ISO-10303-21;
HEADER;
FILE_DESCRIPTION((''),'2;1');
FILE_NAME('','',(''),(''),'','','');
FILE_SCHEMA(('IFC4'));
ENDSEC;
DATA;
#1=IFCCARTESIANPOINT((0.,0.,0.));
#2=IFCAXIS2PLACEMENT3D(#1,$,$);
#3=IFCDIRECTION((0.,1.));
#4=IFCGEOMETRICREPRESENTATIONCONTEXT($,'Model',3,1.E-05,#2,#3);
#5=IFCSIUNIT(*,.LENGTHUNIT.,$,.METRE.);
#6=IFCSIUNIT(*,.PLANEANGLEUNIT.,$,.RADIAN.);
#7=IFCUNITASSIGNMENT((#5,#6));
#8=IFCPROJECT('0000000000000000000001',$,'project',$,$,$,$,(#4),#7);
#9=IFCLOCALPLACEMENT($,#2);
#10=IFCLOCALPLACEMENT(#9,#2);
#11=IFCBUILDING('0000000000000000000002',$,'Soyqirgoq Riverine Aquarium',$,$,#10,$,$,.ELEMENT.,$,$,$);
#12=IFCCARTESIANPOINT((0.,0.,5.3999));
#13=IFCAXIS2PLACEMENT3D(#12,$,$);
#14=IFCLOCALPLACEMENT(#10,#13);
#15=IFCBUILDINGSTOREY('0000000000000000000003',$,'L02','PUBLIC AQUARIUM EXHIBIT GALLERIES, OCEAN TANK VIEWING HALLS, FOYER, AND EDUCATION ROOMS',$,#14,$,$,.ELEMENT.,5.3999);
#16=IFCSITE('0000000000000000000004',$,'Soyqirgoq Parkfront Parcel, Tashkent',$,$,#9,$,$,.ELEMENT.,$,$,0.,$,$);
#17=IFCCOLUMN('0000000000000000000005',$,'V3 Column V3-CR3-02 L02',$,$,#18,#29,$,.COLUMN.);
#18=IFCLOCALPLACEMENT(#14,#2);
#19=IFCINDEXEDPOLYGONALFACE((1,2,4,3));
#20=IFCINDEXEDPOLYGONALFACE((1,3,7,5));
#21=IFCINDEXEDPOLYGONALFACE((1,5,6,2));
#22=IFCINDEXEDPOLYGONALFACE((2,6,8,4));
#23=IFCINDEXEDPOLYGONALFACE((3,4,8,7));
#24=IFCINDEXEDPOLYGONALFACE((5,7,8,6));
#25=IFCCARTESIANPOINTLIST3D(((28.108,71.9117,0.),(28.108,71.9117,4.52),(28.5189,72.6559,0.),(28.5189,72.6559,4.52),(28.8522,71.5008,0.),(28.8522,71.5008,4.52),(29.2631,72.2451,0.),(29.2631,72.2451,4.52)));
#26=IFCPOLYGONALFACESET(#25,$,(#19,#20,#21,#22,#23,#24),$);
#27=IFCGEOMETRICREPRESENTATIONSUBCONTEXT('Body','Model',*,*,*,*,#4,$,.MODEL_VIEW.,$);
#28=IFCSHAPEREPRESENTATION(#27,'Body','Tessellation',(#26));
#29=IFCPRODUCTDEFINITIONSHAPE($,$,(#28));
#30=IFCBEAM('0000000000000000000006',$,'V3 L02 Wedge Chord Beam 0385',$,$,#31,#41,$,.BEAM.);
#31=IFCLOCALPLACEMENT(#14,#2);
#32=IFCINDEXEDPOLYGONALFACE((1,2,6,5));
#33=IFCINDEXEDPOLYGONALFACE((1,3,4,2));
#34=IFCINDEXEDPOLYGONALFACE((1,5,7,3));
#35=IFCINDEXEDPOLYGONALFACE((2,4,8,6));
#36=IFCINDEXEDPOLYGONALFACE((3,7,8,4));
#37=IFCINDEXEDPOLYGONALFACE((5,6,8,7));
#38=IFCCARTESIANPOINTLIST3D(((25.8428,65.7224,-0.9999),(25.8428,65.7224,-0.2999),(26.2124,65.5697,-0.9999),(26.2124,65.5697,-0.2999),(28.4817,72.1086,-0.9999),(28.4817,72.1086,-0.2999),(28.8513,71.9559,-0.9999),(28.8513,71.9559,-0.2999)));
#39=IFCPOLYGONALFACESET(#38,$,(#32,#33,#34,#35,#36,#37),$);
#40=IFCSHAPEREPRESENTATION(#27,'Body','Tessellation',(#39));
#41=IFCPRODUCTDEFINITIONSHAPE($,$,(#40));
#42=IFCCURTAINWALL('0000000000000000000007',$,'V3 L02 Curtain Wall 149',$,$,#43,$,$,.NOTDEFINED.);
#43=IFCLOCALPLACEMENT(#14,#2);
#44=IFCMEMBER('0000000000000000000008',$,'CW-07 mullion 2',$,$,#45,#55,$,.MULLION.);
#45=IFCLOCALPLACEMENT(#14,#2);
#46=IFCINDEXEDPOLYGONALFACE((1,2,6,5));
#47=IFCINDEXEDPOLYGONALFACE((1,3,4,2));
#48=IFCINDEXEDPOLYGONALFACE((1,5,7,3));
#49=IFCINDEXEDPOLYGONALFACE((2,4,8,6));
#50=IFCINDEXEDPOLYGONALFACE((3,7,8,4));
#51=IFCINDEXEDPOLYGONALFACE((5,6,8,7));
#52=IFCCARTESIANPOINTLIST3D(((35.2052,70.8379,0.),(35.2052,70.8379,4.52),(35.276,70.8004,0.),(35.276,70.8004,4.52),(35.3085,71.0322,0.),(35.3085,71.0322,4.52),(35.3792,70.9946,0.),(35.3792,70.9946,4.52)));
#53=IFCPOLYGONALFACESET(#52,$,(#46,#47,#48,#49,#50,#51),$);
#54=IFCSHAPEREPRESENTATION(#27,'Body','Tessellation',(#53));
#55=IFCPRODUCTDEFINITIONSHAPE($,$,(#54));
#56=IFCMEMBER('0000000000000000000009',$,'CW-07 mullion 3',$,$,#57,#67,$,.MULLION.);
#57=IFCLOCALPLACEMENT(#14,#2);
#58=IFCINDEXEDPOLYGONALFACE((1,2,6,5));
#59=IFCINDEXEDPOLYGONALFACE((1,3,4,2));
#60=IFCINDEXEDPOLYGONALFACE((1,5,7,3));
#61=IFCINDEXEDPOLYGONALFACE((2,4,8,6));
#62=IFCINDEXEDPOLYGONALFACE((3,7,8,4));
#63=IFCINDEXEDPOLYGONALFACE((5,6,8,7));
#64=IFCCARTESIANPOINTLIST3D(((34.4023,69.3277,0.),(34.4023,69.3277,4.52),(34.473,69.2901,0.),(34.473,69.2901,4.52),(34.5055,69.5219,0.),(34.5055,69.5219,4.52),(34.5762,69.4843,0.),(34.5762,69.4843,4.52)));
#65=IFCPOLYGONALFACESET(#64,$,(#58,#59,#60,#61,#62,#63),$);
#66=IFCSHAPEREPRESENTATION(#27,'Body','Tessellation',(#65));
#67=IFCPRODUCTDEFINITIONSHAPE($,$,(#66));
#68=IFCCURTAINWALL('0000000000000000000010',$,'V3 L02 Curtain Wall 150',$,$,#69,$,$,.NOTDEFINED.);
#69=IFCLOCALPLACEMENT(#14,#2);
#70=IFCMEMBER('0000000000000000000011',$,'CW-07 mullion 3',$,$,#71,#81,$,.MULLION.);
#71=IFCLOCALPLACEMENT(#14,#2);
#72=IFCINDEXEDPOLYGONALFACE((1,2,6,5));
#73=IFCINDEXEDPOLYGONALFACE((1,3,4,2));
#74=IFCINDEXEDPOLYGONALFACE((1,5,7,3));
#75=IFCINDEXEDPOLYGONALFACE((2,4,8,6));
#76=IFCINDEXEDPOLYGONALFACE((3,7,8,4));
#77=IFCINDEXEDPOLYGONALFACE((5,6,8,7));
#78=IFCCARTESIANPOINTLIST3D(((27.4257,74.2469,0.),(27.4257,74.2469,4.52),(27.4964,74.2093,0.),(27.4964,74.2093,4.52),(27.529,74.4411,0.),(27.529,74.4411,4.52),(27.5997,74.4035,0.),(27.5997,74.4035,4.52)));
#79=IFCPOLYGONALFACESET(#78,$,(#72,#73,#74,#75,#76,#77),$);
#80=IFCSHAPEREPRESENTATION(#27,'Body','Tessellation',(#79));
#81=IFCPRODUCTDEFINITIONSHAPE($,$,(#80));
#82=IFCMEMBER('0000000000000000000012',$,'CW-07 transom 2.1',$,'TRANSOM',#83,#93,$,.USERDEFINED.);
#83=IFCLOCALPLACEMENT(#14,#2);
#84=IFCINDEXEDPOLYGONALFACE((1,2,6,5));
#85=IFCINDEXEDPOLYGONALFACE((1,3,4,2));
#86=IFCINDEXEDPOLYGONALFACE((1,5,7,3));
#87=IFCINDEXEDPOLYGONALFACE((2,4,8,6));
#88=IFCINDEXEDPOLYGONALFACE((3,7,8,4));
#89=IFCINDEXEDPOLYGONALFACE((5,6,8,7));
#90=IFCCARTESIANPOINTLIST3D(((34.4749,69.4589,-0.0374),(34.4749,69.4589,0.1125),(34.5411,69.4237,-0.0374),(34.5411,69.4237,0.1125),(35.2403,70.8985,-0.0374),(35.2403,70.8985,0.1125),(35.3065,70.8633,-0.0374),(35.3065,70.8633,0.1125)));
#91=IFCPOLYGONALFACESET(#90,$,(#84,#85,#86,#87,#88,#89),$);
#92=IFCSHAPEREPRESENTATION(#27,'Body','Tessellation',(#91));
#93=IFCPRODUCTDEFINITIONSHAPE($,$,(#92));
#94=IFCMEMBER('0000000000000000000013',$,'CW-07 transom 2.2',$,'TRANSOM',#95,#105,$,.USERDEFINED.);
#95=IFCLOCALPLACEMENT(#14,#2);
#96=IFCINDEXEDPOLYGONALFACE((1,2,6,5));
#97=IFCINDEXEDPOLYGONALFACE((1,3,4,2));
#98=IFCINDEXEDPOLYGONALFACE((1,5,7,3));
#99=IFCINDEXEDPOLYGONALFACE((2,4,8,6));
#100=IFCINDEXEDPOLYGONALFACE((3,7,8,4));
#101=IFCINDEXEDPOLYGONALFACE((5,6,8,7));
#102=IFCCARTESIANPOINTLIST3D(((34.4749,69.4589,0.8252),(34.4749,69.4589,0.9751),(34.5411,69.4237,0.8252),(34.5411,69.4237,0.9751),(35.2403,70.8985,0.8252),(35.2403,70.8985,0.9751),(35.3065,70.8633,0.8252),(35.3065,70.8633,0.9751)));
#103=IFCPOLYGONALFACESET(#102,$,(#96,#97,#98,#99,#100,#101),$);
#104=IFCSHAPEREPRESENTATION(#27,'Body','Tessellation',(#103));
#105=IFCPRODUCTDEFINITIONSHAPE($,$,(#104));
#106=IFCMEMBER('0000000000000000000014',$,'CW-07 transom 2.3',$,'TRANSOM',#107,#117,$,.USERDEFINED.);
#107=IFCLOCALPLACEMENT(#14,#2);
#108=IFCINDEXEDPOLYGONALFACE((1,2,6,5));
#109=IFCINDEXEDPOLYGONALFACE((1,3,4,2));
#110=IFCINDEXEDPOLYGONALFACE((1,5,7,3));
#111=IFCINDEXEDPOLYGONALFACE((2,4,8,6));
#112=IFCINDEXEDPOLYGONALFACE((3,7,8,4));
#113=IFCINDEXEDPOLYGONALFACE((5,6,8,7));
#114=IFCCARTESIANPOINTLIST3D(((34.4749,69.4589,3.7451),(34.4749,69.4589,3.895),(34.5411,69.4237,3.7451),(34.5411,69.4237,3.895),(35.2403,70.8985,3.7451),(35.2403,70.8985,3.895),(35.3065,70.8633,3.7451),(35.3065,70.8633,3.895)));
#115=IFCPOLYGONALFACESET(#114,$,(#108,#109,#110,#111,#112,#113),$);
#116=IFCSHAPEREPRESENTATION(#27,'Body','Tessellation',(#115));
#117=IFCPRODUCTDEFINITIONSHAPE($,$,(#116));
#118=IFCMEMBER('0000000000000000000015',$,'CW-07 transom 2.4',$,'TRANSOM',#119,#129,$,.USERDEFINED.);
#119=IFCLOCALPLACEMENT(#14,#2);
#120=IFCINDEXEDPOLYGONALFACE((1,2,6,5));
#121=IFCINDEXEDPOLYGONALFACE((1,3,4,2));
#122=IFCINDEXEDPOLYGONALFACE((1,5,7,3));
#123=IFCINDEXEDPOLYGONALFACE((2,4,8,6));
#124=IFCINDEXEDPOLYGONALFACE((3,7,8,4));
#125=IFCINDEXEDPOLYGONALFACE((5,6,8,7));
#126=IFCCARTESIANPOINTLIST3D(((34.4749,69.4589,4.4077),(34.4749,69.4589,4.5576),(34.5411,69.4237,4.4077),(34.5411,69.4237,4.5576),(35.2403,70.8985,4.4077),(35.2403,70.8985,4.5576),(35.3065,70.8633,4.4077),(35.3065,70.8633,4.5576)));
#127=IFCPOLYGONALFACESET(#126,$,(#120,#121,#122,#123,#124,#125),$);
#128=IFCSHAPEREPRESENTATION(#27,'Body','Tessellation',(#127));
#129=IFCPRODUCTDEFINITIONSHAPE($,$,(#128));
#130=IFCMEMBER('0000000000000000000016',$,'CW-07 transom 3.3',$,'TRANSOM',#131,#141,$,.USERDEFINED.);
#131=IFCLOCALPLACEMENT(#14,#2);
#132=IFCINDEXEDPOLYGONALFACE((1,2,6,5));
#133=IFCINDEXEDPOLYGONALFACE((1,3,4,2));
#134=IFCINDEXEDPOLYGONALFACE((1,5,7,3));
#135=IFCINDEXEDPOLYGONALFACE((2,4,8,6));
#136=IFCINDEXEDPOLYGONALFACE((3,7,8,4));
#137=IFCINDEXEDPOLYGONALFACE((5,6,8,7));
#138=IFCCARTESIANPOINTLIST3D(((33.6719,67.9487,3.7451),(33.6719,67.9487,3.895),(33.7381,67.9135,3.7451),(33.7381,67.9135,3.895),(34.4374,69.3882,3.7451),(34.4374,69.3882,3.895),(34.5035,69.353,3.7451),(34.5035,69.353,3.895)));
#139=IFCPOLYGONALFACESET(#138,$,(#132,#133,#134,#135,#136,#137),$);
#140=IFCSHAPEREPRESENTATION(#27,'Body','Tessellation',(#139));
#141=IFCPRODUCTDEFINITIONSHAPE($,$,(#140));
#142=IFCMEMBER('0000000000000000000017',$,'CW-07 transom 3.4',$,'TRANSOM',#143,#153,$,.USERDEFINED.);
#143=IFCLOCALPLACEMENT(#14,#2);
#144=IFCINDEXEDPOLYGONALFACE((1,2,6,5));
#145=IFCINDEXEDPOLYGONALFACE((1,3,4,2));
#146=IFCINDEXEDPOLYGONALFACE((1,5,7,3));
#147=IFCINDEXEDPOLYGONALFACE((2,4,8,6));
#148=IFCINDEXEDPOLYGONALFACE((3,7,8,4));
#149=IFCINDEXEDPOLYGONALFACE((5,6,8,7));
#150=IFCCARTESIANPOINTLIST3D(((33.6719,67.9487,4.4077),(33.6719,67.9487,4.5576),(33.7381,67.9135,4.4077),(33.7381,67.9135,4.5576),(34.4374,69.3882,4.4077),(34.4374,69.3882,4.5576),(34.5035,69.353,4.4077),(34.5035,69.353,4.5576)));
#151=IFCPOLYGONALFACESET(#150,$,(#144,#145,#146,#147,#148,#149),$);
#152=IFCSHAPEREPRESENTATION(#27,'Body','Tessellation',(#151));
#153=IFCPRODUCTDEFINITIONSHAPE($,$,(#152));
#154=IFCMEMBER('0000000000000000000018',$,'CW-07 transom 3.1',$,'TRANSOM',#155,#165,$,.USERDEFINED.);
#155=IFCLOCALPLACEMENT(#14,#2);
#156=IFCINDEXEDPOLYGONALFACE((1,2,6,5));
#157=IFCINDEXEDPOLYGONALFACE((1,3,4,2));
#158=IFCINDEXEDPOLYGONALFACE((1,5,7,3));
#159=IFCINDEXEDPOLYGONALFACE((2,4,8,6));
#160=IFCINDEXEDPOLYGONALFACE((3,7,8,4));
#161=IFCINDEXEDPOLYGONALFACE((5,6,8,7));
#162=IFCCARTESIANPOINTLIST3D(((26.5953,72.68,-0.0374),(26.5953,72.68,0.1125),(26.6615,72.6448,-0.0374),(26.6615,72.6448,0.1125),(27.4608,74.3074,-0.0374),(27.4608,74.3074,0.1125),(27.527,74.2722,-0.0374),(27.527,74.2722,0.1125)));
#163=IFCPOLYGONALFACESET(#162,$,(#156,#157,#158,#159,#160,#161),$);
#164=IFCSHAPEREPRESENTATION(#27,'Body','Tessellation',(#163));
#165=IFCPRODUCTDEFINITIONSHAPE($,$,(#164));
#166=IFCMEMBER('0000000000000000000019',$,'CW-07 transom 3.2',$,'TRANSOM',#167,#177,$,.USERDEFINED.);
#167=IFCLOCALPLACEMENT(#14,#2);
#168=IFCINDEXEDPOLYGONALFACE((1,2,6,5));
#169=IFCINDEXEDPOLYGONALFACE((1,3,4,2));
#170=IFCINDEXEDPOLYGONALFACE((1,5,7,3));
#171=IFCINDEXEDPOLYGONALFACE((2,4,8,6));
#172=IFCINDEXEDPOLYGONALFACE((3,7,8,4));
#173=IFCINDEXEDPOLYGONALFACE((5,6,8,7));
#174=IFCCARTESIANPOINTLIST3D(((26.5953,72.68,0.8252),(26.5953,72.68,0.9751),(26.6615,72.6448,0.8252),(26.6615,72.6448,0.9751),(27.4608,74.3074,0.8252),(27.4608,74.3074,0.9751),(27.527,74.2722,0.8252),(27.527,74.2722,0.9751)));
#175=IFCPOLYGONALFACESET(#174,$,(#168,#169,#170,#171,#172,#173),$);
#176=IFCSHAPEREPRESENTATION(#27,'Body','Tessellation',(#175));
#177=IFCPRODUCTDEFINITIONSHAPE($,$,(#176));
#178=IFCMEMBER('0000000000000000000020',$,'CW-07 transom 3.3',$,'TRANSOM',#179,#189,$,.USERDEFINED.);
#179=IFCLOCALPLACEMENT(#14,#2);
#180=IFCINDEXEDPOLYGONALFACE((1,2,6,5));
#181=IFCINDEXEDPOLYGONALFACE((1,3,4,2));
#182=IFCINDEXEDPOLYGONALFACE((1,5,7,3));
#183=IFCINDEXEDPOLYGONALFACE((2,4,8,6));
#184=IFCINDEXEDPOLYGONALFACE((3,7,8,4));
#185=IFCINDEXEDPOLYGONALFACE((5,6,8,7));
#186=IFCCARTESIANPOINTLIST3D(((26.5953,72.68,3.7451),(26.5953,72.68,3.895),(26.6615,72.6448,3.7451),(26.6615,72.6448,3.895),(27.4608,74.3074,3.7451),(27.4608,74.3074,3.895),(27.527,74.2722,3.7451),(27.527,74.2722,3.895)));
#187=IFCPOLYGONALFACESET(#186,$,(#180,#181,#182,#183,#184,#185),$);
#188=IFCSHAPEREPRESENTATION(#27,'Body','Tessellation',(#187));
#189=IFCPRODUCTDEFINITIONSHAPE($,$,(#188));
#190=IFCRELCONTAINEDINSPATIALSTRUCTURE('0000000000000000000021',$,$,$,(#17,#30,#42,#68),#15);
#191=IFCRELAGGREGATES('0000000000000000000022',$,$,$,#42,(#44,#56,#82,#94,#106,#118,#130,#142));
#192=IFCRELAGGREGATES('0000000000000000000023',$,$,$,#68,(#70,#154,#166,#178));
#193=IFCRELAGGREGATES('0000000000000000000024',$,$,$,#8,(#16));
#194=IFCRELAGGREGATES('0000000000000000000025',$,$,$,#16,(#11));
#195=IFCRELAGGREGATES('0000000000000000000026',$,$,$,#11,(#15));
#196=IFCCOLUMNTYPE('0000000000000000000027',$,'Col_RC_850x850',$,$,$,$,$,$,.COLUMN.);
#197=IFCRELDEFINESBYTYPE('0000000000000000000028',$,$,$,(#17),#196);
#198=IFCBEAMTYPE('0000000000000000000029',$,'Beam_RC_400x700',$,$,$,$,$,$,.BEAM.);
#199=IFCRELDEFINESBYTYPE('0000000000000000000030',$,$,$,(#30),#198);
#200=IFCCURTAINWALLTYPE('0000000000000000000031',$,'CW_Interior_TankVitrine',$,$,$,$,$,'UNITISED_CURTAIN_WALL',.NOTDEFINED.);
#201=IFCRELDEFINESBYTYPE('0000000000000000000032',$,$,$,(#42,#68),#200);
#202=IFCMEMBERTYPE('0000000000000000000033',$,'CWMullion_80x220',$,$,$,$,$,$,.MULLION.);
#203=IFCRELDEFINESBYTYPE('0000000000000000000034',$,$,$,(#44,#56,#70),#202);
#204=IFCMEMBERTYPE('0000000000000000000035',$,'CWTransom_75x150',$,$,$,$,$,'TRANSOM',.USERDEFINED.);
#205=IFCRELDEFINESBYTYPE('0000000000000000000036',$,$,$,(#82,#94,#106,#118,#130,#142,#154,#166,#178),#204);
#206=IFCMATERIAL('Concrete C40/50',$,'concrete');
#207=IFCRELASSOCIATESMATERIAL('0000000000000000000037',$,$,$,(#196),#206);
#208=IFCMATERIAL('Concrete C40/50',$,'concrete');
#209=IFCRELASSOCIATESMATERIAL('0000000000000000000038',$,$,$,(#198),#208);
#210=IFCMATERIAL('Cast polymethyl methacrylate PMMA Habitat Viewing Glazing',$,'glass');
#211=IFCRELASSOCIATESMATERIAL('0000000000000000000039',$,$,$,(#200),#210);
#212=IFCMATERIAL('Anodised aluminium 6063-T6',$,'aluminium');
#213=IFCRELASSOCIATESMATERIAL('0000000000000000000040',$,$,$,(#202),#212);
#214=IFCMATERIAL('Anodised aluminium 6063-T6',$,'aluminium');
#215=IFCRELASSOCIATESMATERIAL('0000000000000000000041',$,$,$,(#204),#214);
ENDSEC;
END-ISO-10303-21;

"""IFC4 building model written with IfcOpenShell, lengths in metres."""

from ifc_helpers import new_model, si_unit, direction, frame, origin, origin_2d, place, context, subcontext, project, spatial, rectangle, extrude, material, material_profile, profile_set, type_object, element, aggregate, save


model = new_model("IFC4")

# Units and contexts
model_context = context("Model", 3, precision=1e-05, world=origin(), true_north=direction((0.0, 1.0)))
body_context = subcontext(model_context, "Body", "Model", "MODEL_VIEW")
ifc_project = project(units=[si_unit("LENGTHUNIT", "METRE"), si_unit("PLANEANGLEUNIT", "RADIAN")], contexts=[model_context])

# Site, building, storey
site_placement = place(None, origin())
site = spatial("IfcSite", under=ifc_project, at=site_placement, Name="Soyqirgoq Parkfront Parcel, Tashkent", CompositionType="ELEMENT", RefElevation=0.0)
building_placement = place(site_placement, origin())
building = spatial("IfcBuilding", under=site, at=building_placement, Name="Soyqirgoq Riverine Aquarium", CompositionType="ELEMENT")
storey_placement = place(building_placement, frame((0.0, 0.0, 5.3999)))
storey = spatial("IfcBuildingStorey", under=building, at=storey_placement, Name="L02", Description="PUBLIC AQUARIUM EXHIBIT GALLERIES, OCEAN TANK VIEWING HALLS, FOYER, AND EDUCATION ROOMS", CompositionType="ELEMENT", Elevation=5.3999)

# Column
ifc_material_1 = material(Name="Concrete C40/50", Category="concrete")
ifc_material_profile_1 = material_profile(ifc_material_1, rectangle(XDim=0.8501, YDim=0.8501, at=origin_2d()), Name="RC 850x850")
ifc_profile_set_1 = profile_set([ifc_material_profile_1], Name="Concrete C40/50")
column_type = type_object("IfcColumnType", Name="Col_RC_850x850", PredefinedType="COLUMN", material=ifc_profile_set_1)
column_placement = place(storey_placement, frame((28.6855, 72.0784, 0.0), z_axis=(0.0, 0.0, 1.0), x_axis=(-0.875465, 0.483282, 0.0)))
element("IfcColumn", 1, at=column_placement, inside=storey, type_object=column_type, Name="V3 Column V3-CR3-02 L02", PredefinedType="COLUMN", context=body_context, shape_type="SweptSolid", body=[
    extrude(rectangle(XDim=0.8501, YDim=0.8501, at=origin_2d()), origin(), (0.0, 0.0, 1.0), 4.52),
])

# Beam
ifc_material_2 = material(Name="Concrete C40/50", Category="concrete")
ifc_material_profile_2 = material_profile(ifc_material_2, rectangle(XDim=0.3999, YDim=0.7, at=origin_2d()), Name="RC 400x700")
ifc_profile_set_2 = profile_set([ifc_material_profile_2], Name="Concrete C40/50")
beam_type_1 = type_object("IfcBeamType", Name="Beam_RC_400x700", PredefinedType="BEAM", material=ifc_profile_set_2)
beam_1_placement = place(storey_placement, frame((28.6665, 72.0322, -0.6499), z_axis=(-0.381899, -0.924204, 0.0), x_axis=(0.924204, -0.381899, 0.0)))
element("IfcBeam", 2, at=beam_1_placement, inside=storey, type_object=beam_type_1, Name="V3 L02 Wedge Chord Beam 0385", PredefinedType="BEAM", context=body_context, shape_type="SweptSolid", body=[
    extrude(rectangle(XDim=0.3999, YDim=0.7, at=origin_2d()), origin(), (0.0, 0.0, 1.0), 6.9099),
])

# Curtain wall, members
ifc_material_3 = material(Name="Cast polymethyl methacrylate PMMA Habitat Viewing Glazing", Category="glass")
curtain_wall_type = type_object("IfcCurtainWallType", Name="CW_Interior_TankVitrine", ElementType="UNITISED_CURTAIN_WALL", PredefinedType="NOTDEFINED", material=ifc_material_3)
curtain_wall_1_placement = place(storey_placement, origin())
curtain_wall_1 = element("IfcCurtainWall", 3, at=curtain_wall_1_placement, inside=storey, type_object=curtain_wall_type, Name="V3 L02 Curtain Wall 149", PredefinedType="NOTDEFINED")
ifc_material_4 = material(Name="Anodised aluminium 6063-T6", Category="aluminium")
ifc_material_profile_3 = material_profile(ifc_material_4, rectangle(XDim=0.0801, YDim=0.22, at=origin_2d()), Name="ALU-M 80x220")
ifc_profile_set_3 = profile_set([ifc_material_profile_3], Name="Anodised aluminium 6063-T6")
member_type_1 = type_object("IfcMemberType", Name="CWMullion_80x220", PredefinedType="MULLION", material=ifc_profile_set_3)
member_1_placement = place(storey_placement, frame((35.2922, 70.9163, 0.0), z_axis=(0.0, 0.0, 1.0), x_axis=(0.882947, -0.469473, 0.0)))
member_1 = element("IfcMember", 4, at=member_1_placement, type_object=member_type_1, Name="CW-07 mullion 2", PredefinedType="MULLION", context=body_context, shape_type="SweptSolid", body=[
    extrude(rectangle(XDim=0.0801, YDim=0.22, at=origin_2d()), origin(), (0.0, 0.0, 1.0), 4.52),
])
member_2_placement = place(storey_placement, frame((34.4893, 69.406, 0.0), z_axis=(0.0, 0.0, 1.0), x_axis=(0.882947, -0.469473, 0.0)))
member_2 = element("IfcMember", 5, at=member_2_placement, type_object=member_type_1, Name="CW-07 mullion 3", PredefinedType="MULLION", context=body_context, shape_type="SweptSolid", body=[
    extrude(rectangle(XDim=0.0801, YDim=0.22, at=origin_2d()), origin(), (0.0, 0.0, 1.0), 4.52),
])

# Curtain wall, member
curtain_wall_2_placement = place(storey_placement, origin())
curtain_wall_2 = element("IfcCurtainWall", 6, at=curtain_wall_2_placement, inside=storey, type_object=curtain_wall_type, Name="V3 L02 Curtain Wall 150", PredefinedType="NOTDEFINED")
member_3_placement = place(storey_placement, frame((27.5127, 74.3252, 0.0), z_axis=(0.0, 0.0, 1.0), x_axis=(0.882946, -0.469475, 0.0)))
member_3 = element("IfcMember", 7, at=member_3_placement, type_object=member_type_1, Name="CW-07 mullion 3", PredefinedType="MULLION", context=body_context, shape_type="SweptSolid", body=[
    extrude(rectangle(XDim=0.0801, YDim=0.22, at=origin_2d()), origin(), (0.0, 0.0, 1.0), 4.52),
])

# Members
ifc_material_5 = material(Name="Anodised aluminium 6063-T6", Category="aluminium")
ifc_material_profile_4 = material_profile(ifc_material_5, rectangle(XDim=0.075, YDim=0.1499, at=origin_2d()), Name="ALU-T 75x150")
ifc_profile_set_4 = profile_set([ifc_material_profile_4], Name="Anodised aluminium 6063-T6")
member_type_2 = type_object("IfcMemberType", Name="CWTransom_75x150", ElementType="TRANSOM", PredefinedType="USERDEFINED", material=ifc_profile_set_4)
member_4_placement = place(storey_placement, frame((35.2734, 70.8809, 0.0376), z_axis=(-0.469476, -0.882945, 0.0), x_axis=(0.882945, -0.469476, 0.0)))
member_4 = element("IfcMember", 8, at=member_4_placement, type_object=member_type_2, Name="CW-07 transom 2.1", ObjectType="TRANSOM", PredefinedType="USERDEFINED", context=body_context, shape_type="SweptSolid", body=[
    extrude(rectangle(XDim=0.075, YDim=0.1499, at=origin_2d()), origin(), (0.0, 0.0, 1.0), 1.6304),
])
member_5_placement = place(storey_placement, frame((35.2734, 70.8809, 0.9001), z_axis=(-0.469476, -0.882945, 0.0), x_axis=(0.882945, -0.469476, 0.0)))
member_5 = element("IfcMember", 9, at=member_5_placement, type_object=member_type_2, Name="CW-07 transom 2.2", ObjectType="TRANSOM", PredefinedType="USERDEFINED", context=body_context, shape_type="SweptSolid", body=[
    extrude(rectangle(XDim=0.075, YDim=0.1499, at=origin_2d()), origin(), (0.0, 0.0, 1.0), 1.6304),
])
member_6_placement = place(storey_placement, frame((35.2734, 70.8809, 3.8201), z_axis=(-0.469476, -0.882945, 0.0), x_axis=(0.882945, -0.469476, 0.0)))
member_6 = element("IfcMember", 10, at=member_6_placement, type_object=member_type_2, Name="CW-07 transom 2.3", ObjectType="TRANSOM", PredefinedType="USERDEFINED", context=body_context, shape_type="SweptSolid", body=[
    extrude(rectangle(XDim=0.075, YDim=0.1499, at=origin_2d()), origin(), (0.0, 0.0, 1.0), 1.6304),
])
member_7_placement = place(storey_placement, frame((35.2734, 70.8809, 4.4827), z_axis=(-0.469476, -0.882945, 0.0), x_axis=(0.882945, -0.469476, 0.0)))
member_7 = element("IfcMember", 11, at=member_7_placement, type_object=member_type_2, Name="CW-07 transom 2.4", ObjectType="TRANSOM", PredefinedType="USERDEFINED", context=body_context, shape_type="SweptSolid", body=[
    extrude(rectangle(XDim=0.075, YDim=0.1499, at=origin_2d()), origin(), (0.0, 0.0, 1.0), 1.6304),
])
member_8_placement = place(storey_placement, frame((34.4705, 69.3706, 3.8201), z_axis=(-0.469476, -0.882945, 0.0), x_axis=(0.882945, -0.469476, 0.0)))
member_8 = element("IfcMember", 12, at=member_8_placement, type_object=member_type_2, Name="CW-07 transom 3.3", ObjectType="TRANSOM", PredefinedType="USERDEFINED", context=body_context, shape_type="SweptSolid", body=[
    extrude(rectangle(XDim=0.075, YDim=0.1499, at=origin_2d()), origin(), (0.0, 0.0, 1.0), 1.6304),
])
member_9_placement = place(storey_placement, frame((34.4705, 69.3706, 4.4827), z_axis=(-0.469476, -0.882945, 0.0), x_axis=(0.882945, -0.469476, 0.0)))
member_9 = element("IfcMember", 13, at=member_9_placement, type_object=member_type_2, Name="CW-07 transom 3.4", ObjectType="TRANSOM", PredefinedType="USERDEFINED", context=body_context, shape_type="SweptSolid", body=[
    extrude(rectangle(XDim=0.075, YDim=0.1499, at=origin_2d()), origin(), (0.0, 0.0, 1.0), 1.6304),
])
member_10_placement = place(storey_placement, frame((27.4939, 74.2898, 0.0376), z_axis=(-0.469536, -0.882913, 0.0), x_axis=(0.882913, -0.469536, 0.0)))
member_10 = element("IfcMember", 14, at=member_10_placement, type_object=member_type_2, Name="CW-07 transom 3.1", ObjectType="TRANSOM", PredefinedType="USERDEFINED", context=body_context, shape_type="SweptSolid", body=[
    extrude(rectangle(XDim=0.075, YDim=0.1499, at=origin_2d()), origin(), (0.0, 0.0, 1.0), 1.8433),
])
member_11_placement = place(storey_placement, frame((27.4939, 74.2898, 0.9001), z_axis=(-0.469536, -0.882913, 0.0), x_axis=(0.882913, -0.469536, 0.0)))
member_11 = element("IfcMember", 15, at=member_11_placement, type_object=member_type_2, Name="CW-07 transom 3.2", ObjectType="TRANSOM", PredefinedType="USERDEFINED", context=body_context, shape_type="SweptSolid", body=[
    extrude(rectangle(XDim=0.075, YDim=0.1499, at=origin_2d()), origin(), (0.0, 0.0, 1.0), 1.8433),
])
member_12_placement = place(storey_placement, frame((27.4939, 74.2898, 3.8201), z_axis=(-0.469536, -0.882913, 0.0), x_axis=(0.882913, -0.469536, 0.0)))
member_12 = element("IfcMember", 16, at=member_12_placement, type_object=member_type_2, Name="CW-07 transom 3.3", ObjectType="TRANSOM", PredefinedType="USERDEFINED", context=body_context, shape_type="SweptSolid", body=[
    extrude(rectangle(XDim=0.075, YDim=0.1499, at=origin_2d()), origin(), (0.0, 0.0, 1.0), 1.8433),
])

aggregate(curtain_wall_1, [member_1, member_2, member_4, member_5, member_6, member_7, member_8, member_9])
aggregate(curtain_wall_2, [member_3, member_10, member_11, member_12])

save(model, "model.ifc")
